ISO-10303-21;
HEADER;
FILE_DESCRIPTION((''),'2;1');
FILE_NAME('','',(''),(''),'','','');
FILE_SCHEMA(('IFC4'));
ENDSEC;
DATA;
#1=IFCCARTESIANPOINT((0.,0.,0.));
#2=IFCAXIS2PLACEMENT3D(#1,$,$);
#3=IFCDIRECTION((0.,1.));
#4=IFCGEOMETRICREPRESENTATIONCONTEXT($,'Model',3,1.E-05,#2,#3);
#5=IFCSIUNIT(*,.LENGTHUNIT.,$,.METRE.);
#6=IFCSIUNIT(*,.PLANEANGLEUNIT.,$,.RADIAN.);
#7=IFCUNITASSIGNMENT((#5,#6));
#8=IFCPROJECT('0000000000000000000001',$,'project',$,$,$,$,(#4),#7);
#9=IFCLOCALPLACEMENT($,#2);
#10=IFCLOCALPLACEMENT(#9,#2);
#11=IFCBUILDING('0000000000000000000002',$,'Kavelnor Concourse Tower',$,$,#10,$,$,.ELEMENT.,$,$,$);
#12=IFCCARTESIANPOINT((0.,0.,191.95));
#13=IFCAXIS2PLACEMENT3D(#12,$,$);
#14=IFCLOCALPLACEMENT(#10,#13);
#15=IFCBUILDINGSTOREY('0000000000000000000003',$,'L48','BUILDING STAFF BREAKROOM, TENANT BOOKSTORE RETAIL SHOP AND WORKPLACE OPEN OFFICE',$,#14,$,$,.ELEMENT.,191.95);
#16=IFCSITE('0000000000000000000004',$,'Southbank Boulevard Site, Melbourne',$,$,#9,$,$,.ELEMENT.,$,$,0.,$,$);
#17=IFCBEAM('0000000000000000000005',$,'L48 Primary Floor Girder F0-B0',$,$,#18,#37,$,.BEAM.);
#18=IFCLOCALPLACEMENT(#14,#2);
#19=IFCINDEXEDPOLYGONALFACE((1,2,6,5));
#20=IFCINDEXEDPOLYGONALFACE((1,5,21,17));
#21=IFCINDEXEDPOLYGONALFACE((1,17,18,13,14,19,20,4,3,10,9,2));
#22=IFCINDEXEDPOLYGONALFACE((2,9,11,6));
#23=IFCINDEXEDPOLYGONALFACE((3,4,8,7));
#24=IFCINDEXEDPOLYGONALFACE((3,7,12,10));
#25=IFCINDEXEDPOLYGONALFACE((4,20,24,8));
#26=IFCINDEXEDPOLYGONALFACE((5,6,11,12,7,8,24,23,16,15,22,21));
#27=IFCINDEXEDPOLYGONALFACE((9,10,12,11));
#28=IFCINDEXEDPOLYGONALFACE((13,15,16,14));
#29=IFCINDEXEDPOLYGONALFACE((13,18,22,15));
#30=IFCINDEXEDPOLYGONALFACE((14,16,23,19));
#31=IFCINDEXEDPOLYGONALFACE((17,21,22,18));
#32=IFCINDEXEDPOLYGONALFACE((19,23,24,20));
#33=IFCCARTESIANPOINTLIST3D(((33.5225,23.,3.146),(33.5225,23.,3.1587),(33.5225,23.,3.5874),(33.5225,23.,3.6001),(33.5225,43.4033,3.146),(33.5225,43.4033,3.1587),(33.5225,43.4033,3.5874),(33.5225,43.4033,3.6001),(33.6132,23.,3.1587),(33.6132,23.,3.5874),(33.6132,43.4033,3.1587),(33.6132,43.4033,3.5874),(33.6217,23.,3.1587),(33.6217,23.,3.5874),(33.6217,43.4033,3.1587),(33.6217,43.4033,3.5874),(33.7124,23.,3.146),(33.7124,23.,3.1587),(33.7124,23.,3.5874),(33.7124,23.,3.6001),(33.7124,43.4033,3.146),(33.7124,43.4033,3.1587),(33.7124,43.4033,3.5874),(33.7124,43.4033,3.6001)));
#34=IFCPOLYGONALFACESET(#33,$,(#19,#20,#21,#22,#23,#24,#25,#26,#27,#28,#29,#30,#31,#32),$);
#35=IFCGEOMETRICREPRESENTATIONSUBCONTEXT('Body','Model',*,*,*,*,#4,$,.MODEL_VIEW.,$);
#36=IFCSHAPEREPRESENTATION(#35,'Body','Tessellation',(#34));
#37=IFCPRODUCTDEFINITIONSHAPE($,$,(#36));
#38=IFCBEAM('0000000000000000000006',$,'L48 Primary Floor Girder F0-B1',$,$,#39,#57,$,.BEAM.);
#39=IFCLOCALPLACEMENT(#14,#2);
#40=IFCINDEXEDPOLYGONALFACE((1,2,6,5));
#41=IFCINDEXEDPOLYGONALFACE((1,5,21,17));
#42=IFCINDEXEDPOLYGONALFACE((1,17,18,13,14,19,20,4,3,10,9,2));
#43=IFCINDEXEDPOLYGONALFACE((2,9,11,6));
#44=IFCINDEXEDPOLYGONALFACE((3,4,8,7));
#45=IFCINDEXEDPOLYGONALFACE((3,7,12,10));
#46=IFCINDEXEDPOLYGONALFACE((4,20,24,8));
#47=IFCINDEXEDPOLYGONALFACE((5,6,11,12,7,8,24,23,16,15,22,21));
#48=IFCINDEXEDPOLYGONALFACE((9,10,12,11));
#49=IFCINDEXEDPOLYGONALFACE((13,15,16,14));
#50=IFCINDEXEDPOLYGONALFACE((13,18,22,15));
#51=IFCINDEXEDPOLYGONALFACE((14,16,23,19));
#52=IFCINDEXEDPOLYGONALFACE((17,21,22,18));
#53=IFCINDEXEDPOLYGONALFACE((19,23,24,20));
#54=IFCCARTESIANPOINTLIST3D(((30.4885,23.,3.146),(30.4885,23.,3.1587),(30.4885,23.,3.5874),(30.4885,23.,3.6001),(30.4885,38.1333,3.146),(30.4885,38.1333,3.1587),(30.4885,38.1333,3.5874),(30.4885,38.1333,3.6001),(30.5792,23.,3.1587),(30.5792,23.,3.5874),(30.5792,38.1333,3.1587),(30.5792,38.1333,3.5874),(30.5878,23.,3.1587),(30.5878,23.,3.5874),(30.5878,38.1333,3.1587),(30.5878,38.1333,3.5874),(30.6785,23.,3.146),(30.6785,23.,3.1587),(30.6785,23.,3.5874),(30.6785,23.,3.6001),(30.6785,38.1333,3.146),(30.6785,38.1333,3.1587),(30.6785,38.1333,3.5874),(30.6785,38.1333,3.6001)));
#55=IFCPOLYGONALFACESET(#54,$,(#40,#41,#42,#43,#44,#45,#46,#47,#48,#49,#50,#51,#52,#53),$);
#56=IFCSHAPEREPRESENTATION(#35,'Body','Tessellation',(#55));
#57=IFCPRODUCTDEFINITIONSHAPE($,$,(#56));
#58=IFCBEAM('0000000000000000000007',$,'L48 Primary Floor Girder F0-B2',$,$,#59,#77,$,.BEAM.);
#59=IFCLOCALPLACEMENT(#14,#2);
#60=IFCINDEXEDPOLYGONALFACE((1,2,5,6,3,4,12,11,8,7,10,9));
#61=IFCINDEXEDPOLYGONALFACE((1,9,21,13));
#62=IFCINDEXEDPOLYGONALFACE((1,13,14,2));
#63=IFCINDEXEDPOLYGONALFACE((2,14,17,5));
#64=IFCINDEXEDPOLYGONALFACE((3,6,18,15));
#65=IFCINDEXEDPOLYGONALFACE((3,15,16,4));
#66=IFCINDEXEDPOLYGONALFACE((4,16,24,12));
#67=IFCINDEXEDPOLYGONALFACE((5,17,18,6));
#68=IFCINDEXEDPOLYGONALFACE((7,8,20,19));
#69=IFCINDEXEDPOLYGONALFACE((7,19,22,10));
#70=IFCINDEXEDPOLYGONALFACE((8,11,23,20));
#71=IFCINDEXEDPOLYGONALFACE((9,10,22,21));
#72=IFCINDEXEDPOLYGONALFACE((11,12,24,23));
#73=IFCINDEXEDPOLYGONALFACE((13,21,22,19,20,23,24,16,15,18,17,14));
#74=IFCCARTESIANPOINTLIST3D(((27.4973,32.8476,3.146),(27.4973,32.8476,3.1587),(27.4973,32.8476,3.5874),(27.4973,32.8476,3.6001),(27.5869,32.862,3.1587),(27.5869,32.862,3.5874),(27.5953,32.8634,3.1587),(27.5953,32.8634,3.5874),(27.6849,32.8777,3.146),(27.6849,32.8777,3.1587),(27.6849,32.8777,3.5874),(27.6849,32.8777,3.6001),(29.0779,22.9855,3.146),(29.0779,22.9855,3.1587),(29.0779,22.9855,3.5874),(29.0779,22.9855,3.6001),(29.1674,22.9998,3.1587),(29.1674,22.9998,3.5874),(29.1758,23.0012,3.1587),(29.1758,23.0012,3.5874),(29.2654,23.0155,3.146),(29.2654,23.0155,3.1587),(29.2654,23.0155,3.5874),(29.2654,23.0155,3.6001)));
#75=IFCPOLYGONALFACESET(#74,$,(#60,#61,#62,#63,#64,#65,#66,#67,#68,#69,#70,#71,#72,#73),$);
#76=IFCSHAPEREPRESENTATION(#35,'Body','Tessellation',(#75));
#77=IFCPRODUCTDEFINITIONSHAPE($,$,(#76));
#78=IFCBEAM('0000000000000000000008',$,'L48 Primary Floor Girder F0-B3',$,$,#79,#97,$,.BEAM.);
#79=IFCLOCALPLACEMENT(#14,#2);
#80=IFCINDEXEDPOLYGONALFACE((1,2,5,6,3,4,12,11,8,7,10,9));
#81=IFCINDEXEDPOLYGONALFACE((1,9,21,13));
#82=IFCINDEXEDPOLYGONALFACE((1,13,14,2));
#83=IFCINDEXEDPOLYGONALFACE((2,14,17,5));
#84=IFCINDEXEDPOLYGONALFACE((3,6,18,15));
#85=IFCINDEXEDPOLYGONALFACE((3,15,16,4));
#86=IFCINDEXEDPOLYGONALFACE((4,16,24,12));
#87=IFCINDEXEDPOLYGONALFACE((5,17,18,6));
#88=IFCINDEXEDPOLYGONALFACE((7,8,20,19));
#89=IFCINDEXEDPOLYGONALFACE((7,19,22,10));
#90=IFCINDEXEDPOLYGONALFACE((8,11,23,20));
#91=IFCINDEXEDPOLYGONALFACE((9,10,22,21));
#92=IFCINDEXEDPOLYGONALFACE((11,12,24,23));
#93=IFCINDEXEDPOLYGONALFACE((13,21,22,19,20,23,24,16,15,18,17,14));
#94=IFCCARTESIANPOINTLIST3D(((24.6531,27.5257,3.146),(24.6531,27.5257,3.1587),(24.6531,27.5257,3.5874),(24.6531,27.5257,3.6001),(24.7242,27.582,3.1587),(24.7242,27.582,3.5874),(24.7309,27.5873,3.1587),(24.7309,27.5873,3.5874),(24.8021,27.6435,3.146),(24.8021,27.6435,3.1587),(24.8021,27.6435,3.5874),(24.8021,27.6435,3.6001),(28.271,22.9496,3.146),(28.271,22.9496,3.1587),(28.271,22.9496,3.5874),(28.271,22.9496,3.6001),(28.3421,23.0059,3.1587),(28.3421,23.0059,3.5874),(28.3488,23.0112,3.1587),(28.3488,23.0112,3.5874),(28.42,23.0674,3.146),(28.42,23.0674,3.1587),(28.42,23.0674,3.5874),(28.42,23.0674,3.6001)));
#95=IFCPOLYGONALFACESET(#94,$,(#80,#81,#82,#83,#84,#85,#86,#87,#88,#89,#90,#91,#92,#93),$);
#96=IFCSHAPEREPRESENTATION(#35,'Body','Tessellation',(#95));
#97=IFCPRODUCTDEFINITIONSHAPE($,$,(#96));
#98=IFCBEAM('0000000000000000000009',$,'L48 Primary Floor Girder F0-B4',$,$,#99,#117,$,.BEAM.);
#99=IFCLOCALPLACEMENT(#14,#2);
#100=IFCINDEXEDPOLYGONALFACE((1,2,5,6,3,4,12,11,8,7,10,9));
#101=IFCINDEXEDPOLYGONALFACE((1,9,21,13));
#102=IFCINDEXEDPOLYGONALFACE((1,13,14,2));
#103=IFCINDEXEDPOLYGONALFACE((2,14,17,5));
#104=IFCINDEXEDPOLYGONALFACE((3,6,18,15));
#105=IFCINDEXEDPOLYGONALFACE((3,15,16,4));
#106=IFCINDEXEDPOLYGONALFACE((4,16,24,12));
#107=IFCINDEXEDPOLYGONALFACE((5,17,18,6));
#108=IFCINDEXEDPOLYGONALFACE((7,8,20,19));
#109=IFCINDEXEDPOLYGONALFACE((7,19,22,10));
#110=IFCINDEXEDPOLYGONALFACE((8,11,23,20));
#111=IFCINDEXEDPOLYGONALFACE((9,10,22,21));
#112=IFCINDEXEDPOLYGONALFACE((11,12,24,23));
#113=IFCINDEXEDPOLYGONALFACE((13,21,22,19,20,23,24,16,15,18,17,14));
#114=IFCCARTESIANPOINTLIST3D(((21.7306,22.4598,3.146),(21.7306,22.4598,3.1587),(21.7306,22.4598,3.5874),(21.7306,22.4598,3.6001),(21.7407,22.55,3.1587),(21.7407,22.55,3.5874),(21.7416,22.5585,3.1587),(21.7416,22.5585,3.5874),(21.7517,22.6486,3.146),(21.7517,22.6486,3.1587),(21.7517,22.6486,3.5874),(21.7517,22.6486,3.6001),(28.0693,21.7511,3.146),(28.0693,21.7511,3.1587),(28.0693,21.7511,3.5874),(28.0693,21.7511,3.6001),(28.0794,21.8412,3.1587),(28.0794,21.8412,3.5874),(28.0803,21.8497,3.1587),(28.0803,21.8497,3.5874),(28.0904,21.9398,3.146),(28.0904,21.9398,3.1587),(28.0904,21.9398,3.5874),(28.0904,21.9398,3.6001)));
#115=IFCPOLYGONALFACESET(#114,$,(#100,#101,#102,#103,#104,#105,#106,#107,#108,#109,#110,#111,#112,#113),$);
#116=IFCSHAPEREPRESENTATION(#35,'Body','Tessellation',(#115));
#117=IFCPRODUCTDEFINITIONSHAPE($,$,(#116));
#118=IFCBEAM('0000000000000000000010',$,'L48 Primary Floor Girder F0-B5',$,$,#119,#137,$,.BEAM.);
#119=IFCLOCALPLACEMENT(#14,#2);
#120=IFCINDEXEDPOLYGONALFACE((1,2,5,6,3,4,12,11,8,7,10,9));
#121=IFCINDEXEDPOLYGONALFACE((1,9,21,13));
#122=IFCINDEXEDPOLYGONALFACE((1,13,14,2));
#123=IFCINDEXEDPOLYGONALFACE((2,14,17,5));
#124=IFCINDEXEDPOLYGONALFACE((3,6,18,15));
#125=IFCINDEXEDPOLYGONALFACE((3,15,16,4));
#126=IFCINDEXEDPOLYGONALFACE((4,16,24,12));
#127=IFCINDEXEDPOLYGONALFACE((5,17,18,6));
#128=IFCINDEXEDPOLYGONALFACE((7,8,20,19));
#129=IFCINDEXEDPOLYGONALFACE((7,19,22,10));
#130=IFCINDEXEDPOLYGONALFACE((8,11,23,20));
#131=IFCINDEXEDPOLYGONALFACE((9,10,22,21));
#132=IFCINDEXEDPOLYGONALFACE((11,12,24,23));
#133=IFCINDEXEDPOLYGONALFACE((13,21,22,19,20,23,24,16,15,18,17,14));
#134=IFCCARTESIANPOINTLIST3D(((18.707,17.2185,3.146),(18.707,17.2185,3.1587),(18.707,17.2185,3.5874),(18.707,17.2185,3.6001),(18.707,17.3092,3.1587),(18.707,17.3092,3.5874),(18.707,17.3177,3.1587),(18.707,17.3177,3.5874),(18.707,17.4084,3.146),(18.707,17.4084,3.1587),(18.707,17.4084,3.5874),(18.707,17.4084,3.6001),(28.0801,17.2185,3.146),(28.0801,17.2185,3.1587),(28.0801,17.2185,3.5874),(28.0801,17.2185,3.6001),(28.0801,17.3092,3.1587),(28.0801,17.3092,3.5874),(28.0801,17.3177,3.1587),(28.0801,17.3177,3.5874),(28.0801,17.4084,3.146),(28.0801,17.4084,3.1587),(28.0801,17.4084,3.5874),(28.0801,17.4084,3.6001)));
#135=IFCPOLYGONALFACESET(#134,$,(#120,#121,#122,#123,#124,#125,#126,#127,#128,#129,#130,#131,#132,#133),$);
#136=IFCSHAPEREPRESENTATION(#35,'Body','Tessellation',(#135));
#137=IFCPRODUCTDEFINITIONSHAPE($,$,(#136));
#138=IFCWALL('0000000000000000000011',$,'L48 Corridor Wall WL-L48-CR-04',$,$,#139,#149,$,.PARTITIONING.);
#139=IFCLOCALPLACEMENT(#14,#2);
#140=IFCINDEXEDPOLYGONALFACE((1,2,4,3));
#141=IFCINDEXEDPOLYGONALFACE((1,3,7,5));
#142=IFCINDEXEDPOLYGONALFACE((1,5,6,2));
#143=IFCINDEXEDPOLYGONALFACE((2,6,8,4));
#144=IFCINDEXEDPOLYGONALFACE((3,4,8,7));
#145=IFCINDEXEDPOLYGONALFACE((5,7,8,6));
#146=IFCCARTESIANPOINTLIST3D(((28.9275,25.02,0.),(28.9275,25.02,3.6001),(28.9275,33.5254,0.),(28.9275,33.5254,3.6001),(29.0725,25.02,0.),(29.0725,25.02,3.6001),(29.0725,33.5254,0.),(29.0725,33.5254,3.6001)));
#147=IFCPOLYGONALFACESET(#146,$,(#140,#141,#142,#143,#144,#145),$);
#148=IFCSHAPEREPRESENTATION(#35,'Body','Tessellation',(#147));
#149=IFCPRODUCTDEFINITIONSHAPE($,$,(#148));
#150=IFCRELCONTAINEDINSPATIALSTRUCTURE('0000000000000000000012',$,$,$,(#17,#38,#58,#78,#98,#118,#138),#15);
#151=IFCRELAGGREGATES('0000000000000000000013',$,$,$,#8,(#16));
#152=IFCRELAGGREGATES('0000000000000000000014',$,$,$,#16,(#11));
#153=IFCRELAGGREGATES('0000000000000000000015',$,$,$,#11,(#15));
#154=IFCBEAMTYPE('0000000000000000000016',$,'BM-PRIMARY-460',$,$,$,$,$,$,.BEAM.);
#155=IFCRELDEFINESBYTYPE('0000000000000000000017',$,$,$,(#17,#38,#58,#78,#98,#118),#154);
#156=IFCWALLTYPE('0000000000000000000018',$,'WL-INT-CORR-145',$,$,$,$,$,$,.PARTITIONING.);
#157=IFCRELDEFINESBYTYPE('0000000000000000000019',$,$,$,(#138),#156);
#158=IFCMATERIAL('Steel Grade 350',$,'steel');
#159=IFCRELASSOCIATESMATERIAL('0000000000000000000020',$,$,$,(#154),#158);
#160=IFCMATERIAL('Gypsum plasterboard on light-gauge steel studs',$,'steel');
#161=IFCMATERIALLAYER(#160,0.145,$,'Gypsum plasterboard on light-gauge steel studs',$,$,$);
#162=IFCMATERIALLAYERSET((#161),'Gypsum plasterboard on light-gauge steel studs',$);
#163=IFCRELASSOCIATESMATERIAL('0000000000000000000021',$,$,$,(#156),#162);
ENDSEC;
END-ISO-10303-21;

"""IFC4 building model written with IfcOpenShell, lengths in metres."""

from ifc_helpers import new_model, si_unit, direction, frame, frame_2d, origin, origin_2d, place, context, subcontext, project, spatial, rectangle, i_section, extrude, material, layer, layer_set, material_profile, profile_set, type_object, element, save


model = new_model("IFC4")

# Units and contexts
model_context = context("Model", 3, precision=1e-05, world=origin(), true_north=direction((0.0, 1.0)))
body_context = subcontext(model_context, "Body", "Model", "MODEL_VIEW")
ifc_project = project(units=[si_unit("LENGTHUNIT", "METRE"), si_unit("PLANEANGLEUNIT", "RADIAN")], contexts=[model_context])

# Site, building, storey
site_placement = place(None, origin())
site = spatial("IfcSite", under=ifc_project, at=site_placement, Name="Southbank Boulevard Site, Melbourne", CompositionType="ELEMENT", RefElevation=0.0)
building_placement = place(site_placement, origin())
building = spatial("IfcBuilding", under=site, at=building_placement, Name="Kavelnor Concourse Tower", CompositionType="ELEMENT")
storey_placement = place(building_placement, frame((0.0, 0.0, 191.95)))
storey = spatial("IfcBuildingStorey", under=building, at=storey_placement, Name="L48", Description="BUILDING STAFF BREAKROOM, TENANT BOOKSTORE RETAIL SHOP AND WORKPLACE OPEN OFFICE", CompositionType="ELEMENT", Elevation=191.95)

# Beams
ifc_material_1 = material(Name="Steel Grade 350", Category="steel")
ifc_material_profile = material_profile(ifc_material_1, i_section(OverallWidth=0.1899, OverallDepth=0.4541, WebThickness=0.0085, FlangeThickness=0.0127, at=origin_2d()), Name="460UB67")
ifc_profile_set = profile_set([ifc_material_profile], Name="Steel Grade 350")
beam_type = type_object("IfcBeamType", Name="BM-PRIMARY-460", PredefinedType="BEAM", material=ifc_profile_set)
beam_1_placement = place(storey_placement, frame((33.6174, 23.0, 3.373), z_axis=(0.0, 1.0, 0.0), x_axis=(-1.0, 0.0, 0.0)))
element("IfcBeam", 1, at=beam_1_placement, inside=storey, type_object=beam_type, Name="L48 Primary Floor Girder F0-B0", PredefinedType="BEAM", context=body_context, shape_type="SweptSolid", body=[
    extrude(i_section(OverallWidth=0.1899, OverallDepth=0.4541, WebThickness=0.0085, FlangeThickness=0.0127, at=origin_2d()), origin(), (0.0, 0.0, 1.0), 20.4033),
])
beam_2_placement = place(storey_placement, frame((30.5835, 23.0, 3.373), z_axis=(0.0, 1.0, 0.0), x_axis=(-1.0, 0.0, 0.0)))
element("IfcBeam", 2, at=beam_2_placement, inside=storey, type_object=beam_type, Name="L48 Primary Floor Girder F0-B1", PredefinedType="BEAM", context=body_context, shape_type="SweptSolid", body=[
    extrude(i_section(OverallWidth=0.1899, OverallDepth=0.4541, WebThickness=0.0085, FlangeThickness=0.0127, at=origin_2d()), origin(), (0.0, 0.0, 1.0), 15.1333),
])
beam_3_placement = place(storey_placement, frame((29.1716, 23.0005, 3.373), z_axis=(-0.158244, 0.9874, 0.0), x_axis=(-0.9874, -0.158244, 0.0)))
element("IfcBeam", 3, at=beam_3_placement, inside=storey, type_object=beam_type, Name="L48 Primary Floor Girder F0-B2", PredefinedType="BEAM", context=body_context, shape_type="SweptSolid", body=[
    extrude(i_section(OverallWidth=0.1899, OverallDepth=0.4541, WebThickness=0.0085, FlangeThickness=0.0127, at=origin_2d()), origin(), (0.0, 0.0, 1.0), 9.988),
])
beam_4_placement = place(storey_placement, frame((28.3455, 23.0085, 3.373), z_axis=(-0.620188, 0.784453, 0.0), x_axis=(-0.784453, -0.620188, 0.0)))
element("IfcBeam", 4, at=beam_4_placement, inside=storey, type_object=beam_type, Name="L48 Primary Floor Girder F0-B3", PredefinedType="BEAM", context=body_context, shape_type="SweptSolid", body=[
    extrude(i_section(OverallWidth=0.1899, OverallDepth=0.4541, WebThickness=0.0085, FlangeThickness=0.0127, at=origin_2d()), origin(), (0.0, 0.0, 1.0), 5.8335),
])
beam_5_placement = place(storey_placement, frame((28.0798, 21.8455, 3.373), z_axis=(-0.993807, 0.111121, 0.0), x_axis=(-0.111121, -0.993807, 0.0)))
element("IfcBeam", 5, at=beam_5_placement, inside=storey, type_object=beam_type, Name="L48 Primary Floor Girder F0-B4", PredefinedType="BEAM", context=body_context, shape_type="SweptSolid", body=[
    extrude(i_section(OverallWidth=0.1899, OverallDepth=0.4541, WebThickness=0.0085, FlangeThickness=0.0127, at=origin_2d()), origin(), (0.0, 0.0, 1.0), 6.3782),
])
beam_6_placement = place(storey_placement, frame((28.0801, 17.3135, 3.373), z_axis=(-1.0, 0.0, 0.0), x_axis=(0.0, -1.0, 0.0)))
element("IfcBeam", 6, at=beam_6_placement, inside=storey, type_object=beam_type, Name="L48 Primary Floor Girder F0-B5", PredefinedType="BEAM", context=body_context, shape_type="SweptSolid", body=[
    extrude(i_section(OverallWidth=0.1899, OverallDepth=0.4541, WebThickness=0.0085, FlangeThickness=0.0127, at=origin_2d()), origin(), (0.0, 0.0, 1.0), 9.373),
])

# Wall
ifc_material_2 = material(Name="Gypsum plasterboard on light-gauge steel studs", Category="steel")
ifc_layer_1 = layer(ifc_material_2, 0.145, Name="Gypsum plasterboard on light-gauge steel studs")
ifc_layer_set_1 = layer_set([ifc_layer_1], Name="Gypsum plasterboard on light-gauge steel studs")
wall_type_1 = type_object("IfcWallType", Name="WL-INT-CORR-145", PredefinedType="PARTITIONING", material=ifc_layer_set_1)
wall_1_placement = place(storey_placement, frame((29.0, 25.02, 0.0), z_axis=(0.0, 0.0, 1.0), x_axis=(0.0, 1.0, 0.0)))
element("IfcWall", 7, at=wall_1_placement, inside=storey, type_object=wall_type_1, Name="L48 Corridor Wall WL-L48-CR-04", PredefinedType="PARTITIONING", context=body_context, shape_type="SweptSolid", body=[
    extrude(rectangle(XDim=8.5054, YDim=0.145, at=frame_2d((4.2527, 0.0))), origin(), (0.0, 0.0, 1.0), 3.6001),
])

save(model, "model.ifc")
